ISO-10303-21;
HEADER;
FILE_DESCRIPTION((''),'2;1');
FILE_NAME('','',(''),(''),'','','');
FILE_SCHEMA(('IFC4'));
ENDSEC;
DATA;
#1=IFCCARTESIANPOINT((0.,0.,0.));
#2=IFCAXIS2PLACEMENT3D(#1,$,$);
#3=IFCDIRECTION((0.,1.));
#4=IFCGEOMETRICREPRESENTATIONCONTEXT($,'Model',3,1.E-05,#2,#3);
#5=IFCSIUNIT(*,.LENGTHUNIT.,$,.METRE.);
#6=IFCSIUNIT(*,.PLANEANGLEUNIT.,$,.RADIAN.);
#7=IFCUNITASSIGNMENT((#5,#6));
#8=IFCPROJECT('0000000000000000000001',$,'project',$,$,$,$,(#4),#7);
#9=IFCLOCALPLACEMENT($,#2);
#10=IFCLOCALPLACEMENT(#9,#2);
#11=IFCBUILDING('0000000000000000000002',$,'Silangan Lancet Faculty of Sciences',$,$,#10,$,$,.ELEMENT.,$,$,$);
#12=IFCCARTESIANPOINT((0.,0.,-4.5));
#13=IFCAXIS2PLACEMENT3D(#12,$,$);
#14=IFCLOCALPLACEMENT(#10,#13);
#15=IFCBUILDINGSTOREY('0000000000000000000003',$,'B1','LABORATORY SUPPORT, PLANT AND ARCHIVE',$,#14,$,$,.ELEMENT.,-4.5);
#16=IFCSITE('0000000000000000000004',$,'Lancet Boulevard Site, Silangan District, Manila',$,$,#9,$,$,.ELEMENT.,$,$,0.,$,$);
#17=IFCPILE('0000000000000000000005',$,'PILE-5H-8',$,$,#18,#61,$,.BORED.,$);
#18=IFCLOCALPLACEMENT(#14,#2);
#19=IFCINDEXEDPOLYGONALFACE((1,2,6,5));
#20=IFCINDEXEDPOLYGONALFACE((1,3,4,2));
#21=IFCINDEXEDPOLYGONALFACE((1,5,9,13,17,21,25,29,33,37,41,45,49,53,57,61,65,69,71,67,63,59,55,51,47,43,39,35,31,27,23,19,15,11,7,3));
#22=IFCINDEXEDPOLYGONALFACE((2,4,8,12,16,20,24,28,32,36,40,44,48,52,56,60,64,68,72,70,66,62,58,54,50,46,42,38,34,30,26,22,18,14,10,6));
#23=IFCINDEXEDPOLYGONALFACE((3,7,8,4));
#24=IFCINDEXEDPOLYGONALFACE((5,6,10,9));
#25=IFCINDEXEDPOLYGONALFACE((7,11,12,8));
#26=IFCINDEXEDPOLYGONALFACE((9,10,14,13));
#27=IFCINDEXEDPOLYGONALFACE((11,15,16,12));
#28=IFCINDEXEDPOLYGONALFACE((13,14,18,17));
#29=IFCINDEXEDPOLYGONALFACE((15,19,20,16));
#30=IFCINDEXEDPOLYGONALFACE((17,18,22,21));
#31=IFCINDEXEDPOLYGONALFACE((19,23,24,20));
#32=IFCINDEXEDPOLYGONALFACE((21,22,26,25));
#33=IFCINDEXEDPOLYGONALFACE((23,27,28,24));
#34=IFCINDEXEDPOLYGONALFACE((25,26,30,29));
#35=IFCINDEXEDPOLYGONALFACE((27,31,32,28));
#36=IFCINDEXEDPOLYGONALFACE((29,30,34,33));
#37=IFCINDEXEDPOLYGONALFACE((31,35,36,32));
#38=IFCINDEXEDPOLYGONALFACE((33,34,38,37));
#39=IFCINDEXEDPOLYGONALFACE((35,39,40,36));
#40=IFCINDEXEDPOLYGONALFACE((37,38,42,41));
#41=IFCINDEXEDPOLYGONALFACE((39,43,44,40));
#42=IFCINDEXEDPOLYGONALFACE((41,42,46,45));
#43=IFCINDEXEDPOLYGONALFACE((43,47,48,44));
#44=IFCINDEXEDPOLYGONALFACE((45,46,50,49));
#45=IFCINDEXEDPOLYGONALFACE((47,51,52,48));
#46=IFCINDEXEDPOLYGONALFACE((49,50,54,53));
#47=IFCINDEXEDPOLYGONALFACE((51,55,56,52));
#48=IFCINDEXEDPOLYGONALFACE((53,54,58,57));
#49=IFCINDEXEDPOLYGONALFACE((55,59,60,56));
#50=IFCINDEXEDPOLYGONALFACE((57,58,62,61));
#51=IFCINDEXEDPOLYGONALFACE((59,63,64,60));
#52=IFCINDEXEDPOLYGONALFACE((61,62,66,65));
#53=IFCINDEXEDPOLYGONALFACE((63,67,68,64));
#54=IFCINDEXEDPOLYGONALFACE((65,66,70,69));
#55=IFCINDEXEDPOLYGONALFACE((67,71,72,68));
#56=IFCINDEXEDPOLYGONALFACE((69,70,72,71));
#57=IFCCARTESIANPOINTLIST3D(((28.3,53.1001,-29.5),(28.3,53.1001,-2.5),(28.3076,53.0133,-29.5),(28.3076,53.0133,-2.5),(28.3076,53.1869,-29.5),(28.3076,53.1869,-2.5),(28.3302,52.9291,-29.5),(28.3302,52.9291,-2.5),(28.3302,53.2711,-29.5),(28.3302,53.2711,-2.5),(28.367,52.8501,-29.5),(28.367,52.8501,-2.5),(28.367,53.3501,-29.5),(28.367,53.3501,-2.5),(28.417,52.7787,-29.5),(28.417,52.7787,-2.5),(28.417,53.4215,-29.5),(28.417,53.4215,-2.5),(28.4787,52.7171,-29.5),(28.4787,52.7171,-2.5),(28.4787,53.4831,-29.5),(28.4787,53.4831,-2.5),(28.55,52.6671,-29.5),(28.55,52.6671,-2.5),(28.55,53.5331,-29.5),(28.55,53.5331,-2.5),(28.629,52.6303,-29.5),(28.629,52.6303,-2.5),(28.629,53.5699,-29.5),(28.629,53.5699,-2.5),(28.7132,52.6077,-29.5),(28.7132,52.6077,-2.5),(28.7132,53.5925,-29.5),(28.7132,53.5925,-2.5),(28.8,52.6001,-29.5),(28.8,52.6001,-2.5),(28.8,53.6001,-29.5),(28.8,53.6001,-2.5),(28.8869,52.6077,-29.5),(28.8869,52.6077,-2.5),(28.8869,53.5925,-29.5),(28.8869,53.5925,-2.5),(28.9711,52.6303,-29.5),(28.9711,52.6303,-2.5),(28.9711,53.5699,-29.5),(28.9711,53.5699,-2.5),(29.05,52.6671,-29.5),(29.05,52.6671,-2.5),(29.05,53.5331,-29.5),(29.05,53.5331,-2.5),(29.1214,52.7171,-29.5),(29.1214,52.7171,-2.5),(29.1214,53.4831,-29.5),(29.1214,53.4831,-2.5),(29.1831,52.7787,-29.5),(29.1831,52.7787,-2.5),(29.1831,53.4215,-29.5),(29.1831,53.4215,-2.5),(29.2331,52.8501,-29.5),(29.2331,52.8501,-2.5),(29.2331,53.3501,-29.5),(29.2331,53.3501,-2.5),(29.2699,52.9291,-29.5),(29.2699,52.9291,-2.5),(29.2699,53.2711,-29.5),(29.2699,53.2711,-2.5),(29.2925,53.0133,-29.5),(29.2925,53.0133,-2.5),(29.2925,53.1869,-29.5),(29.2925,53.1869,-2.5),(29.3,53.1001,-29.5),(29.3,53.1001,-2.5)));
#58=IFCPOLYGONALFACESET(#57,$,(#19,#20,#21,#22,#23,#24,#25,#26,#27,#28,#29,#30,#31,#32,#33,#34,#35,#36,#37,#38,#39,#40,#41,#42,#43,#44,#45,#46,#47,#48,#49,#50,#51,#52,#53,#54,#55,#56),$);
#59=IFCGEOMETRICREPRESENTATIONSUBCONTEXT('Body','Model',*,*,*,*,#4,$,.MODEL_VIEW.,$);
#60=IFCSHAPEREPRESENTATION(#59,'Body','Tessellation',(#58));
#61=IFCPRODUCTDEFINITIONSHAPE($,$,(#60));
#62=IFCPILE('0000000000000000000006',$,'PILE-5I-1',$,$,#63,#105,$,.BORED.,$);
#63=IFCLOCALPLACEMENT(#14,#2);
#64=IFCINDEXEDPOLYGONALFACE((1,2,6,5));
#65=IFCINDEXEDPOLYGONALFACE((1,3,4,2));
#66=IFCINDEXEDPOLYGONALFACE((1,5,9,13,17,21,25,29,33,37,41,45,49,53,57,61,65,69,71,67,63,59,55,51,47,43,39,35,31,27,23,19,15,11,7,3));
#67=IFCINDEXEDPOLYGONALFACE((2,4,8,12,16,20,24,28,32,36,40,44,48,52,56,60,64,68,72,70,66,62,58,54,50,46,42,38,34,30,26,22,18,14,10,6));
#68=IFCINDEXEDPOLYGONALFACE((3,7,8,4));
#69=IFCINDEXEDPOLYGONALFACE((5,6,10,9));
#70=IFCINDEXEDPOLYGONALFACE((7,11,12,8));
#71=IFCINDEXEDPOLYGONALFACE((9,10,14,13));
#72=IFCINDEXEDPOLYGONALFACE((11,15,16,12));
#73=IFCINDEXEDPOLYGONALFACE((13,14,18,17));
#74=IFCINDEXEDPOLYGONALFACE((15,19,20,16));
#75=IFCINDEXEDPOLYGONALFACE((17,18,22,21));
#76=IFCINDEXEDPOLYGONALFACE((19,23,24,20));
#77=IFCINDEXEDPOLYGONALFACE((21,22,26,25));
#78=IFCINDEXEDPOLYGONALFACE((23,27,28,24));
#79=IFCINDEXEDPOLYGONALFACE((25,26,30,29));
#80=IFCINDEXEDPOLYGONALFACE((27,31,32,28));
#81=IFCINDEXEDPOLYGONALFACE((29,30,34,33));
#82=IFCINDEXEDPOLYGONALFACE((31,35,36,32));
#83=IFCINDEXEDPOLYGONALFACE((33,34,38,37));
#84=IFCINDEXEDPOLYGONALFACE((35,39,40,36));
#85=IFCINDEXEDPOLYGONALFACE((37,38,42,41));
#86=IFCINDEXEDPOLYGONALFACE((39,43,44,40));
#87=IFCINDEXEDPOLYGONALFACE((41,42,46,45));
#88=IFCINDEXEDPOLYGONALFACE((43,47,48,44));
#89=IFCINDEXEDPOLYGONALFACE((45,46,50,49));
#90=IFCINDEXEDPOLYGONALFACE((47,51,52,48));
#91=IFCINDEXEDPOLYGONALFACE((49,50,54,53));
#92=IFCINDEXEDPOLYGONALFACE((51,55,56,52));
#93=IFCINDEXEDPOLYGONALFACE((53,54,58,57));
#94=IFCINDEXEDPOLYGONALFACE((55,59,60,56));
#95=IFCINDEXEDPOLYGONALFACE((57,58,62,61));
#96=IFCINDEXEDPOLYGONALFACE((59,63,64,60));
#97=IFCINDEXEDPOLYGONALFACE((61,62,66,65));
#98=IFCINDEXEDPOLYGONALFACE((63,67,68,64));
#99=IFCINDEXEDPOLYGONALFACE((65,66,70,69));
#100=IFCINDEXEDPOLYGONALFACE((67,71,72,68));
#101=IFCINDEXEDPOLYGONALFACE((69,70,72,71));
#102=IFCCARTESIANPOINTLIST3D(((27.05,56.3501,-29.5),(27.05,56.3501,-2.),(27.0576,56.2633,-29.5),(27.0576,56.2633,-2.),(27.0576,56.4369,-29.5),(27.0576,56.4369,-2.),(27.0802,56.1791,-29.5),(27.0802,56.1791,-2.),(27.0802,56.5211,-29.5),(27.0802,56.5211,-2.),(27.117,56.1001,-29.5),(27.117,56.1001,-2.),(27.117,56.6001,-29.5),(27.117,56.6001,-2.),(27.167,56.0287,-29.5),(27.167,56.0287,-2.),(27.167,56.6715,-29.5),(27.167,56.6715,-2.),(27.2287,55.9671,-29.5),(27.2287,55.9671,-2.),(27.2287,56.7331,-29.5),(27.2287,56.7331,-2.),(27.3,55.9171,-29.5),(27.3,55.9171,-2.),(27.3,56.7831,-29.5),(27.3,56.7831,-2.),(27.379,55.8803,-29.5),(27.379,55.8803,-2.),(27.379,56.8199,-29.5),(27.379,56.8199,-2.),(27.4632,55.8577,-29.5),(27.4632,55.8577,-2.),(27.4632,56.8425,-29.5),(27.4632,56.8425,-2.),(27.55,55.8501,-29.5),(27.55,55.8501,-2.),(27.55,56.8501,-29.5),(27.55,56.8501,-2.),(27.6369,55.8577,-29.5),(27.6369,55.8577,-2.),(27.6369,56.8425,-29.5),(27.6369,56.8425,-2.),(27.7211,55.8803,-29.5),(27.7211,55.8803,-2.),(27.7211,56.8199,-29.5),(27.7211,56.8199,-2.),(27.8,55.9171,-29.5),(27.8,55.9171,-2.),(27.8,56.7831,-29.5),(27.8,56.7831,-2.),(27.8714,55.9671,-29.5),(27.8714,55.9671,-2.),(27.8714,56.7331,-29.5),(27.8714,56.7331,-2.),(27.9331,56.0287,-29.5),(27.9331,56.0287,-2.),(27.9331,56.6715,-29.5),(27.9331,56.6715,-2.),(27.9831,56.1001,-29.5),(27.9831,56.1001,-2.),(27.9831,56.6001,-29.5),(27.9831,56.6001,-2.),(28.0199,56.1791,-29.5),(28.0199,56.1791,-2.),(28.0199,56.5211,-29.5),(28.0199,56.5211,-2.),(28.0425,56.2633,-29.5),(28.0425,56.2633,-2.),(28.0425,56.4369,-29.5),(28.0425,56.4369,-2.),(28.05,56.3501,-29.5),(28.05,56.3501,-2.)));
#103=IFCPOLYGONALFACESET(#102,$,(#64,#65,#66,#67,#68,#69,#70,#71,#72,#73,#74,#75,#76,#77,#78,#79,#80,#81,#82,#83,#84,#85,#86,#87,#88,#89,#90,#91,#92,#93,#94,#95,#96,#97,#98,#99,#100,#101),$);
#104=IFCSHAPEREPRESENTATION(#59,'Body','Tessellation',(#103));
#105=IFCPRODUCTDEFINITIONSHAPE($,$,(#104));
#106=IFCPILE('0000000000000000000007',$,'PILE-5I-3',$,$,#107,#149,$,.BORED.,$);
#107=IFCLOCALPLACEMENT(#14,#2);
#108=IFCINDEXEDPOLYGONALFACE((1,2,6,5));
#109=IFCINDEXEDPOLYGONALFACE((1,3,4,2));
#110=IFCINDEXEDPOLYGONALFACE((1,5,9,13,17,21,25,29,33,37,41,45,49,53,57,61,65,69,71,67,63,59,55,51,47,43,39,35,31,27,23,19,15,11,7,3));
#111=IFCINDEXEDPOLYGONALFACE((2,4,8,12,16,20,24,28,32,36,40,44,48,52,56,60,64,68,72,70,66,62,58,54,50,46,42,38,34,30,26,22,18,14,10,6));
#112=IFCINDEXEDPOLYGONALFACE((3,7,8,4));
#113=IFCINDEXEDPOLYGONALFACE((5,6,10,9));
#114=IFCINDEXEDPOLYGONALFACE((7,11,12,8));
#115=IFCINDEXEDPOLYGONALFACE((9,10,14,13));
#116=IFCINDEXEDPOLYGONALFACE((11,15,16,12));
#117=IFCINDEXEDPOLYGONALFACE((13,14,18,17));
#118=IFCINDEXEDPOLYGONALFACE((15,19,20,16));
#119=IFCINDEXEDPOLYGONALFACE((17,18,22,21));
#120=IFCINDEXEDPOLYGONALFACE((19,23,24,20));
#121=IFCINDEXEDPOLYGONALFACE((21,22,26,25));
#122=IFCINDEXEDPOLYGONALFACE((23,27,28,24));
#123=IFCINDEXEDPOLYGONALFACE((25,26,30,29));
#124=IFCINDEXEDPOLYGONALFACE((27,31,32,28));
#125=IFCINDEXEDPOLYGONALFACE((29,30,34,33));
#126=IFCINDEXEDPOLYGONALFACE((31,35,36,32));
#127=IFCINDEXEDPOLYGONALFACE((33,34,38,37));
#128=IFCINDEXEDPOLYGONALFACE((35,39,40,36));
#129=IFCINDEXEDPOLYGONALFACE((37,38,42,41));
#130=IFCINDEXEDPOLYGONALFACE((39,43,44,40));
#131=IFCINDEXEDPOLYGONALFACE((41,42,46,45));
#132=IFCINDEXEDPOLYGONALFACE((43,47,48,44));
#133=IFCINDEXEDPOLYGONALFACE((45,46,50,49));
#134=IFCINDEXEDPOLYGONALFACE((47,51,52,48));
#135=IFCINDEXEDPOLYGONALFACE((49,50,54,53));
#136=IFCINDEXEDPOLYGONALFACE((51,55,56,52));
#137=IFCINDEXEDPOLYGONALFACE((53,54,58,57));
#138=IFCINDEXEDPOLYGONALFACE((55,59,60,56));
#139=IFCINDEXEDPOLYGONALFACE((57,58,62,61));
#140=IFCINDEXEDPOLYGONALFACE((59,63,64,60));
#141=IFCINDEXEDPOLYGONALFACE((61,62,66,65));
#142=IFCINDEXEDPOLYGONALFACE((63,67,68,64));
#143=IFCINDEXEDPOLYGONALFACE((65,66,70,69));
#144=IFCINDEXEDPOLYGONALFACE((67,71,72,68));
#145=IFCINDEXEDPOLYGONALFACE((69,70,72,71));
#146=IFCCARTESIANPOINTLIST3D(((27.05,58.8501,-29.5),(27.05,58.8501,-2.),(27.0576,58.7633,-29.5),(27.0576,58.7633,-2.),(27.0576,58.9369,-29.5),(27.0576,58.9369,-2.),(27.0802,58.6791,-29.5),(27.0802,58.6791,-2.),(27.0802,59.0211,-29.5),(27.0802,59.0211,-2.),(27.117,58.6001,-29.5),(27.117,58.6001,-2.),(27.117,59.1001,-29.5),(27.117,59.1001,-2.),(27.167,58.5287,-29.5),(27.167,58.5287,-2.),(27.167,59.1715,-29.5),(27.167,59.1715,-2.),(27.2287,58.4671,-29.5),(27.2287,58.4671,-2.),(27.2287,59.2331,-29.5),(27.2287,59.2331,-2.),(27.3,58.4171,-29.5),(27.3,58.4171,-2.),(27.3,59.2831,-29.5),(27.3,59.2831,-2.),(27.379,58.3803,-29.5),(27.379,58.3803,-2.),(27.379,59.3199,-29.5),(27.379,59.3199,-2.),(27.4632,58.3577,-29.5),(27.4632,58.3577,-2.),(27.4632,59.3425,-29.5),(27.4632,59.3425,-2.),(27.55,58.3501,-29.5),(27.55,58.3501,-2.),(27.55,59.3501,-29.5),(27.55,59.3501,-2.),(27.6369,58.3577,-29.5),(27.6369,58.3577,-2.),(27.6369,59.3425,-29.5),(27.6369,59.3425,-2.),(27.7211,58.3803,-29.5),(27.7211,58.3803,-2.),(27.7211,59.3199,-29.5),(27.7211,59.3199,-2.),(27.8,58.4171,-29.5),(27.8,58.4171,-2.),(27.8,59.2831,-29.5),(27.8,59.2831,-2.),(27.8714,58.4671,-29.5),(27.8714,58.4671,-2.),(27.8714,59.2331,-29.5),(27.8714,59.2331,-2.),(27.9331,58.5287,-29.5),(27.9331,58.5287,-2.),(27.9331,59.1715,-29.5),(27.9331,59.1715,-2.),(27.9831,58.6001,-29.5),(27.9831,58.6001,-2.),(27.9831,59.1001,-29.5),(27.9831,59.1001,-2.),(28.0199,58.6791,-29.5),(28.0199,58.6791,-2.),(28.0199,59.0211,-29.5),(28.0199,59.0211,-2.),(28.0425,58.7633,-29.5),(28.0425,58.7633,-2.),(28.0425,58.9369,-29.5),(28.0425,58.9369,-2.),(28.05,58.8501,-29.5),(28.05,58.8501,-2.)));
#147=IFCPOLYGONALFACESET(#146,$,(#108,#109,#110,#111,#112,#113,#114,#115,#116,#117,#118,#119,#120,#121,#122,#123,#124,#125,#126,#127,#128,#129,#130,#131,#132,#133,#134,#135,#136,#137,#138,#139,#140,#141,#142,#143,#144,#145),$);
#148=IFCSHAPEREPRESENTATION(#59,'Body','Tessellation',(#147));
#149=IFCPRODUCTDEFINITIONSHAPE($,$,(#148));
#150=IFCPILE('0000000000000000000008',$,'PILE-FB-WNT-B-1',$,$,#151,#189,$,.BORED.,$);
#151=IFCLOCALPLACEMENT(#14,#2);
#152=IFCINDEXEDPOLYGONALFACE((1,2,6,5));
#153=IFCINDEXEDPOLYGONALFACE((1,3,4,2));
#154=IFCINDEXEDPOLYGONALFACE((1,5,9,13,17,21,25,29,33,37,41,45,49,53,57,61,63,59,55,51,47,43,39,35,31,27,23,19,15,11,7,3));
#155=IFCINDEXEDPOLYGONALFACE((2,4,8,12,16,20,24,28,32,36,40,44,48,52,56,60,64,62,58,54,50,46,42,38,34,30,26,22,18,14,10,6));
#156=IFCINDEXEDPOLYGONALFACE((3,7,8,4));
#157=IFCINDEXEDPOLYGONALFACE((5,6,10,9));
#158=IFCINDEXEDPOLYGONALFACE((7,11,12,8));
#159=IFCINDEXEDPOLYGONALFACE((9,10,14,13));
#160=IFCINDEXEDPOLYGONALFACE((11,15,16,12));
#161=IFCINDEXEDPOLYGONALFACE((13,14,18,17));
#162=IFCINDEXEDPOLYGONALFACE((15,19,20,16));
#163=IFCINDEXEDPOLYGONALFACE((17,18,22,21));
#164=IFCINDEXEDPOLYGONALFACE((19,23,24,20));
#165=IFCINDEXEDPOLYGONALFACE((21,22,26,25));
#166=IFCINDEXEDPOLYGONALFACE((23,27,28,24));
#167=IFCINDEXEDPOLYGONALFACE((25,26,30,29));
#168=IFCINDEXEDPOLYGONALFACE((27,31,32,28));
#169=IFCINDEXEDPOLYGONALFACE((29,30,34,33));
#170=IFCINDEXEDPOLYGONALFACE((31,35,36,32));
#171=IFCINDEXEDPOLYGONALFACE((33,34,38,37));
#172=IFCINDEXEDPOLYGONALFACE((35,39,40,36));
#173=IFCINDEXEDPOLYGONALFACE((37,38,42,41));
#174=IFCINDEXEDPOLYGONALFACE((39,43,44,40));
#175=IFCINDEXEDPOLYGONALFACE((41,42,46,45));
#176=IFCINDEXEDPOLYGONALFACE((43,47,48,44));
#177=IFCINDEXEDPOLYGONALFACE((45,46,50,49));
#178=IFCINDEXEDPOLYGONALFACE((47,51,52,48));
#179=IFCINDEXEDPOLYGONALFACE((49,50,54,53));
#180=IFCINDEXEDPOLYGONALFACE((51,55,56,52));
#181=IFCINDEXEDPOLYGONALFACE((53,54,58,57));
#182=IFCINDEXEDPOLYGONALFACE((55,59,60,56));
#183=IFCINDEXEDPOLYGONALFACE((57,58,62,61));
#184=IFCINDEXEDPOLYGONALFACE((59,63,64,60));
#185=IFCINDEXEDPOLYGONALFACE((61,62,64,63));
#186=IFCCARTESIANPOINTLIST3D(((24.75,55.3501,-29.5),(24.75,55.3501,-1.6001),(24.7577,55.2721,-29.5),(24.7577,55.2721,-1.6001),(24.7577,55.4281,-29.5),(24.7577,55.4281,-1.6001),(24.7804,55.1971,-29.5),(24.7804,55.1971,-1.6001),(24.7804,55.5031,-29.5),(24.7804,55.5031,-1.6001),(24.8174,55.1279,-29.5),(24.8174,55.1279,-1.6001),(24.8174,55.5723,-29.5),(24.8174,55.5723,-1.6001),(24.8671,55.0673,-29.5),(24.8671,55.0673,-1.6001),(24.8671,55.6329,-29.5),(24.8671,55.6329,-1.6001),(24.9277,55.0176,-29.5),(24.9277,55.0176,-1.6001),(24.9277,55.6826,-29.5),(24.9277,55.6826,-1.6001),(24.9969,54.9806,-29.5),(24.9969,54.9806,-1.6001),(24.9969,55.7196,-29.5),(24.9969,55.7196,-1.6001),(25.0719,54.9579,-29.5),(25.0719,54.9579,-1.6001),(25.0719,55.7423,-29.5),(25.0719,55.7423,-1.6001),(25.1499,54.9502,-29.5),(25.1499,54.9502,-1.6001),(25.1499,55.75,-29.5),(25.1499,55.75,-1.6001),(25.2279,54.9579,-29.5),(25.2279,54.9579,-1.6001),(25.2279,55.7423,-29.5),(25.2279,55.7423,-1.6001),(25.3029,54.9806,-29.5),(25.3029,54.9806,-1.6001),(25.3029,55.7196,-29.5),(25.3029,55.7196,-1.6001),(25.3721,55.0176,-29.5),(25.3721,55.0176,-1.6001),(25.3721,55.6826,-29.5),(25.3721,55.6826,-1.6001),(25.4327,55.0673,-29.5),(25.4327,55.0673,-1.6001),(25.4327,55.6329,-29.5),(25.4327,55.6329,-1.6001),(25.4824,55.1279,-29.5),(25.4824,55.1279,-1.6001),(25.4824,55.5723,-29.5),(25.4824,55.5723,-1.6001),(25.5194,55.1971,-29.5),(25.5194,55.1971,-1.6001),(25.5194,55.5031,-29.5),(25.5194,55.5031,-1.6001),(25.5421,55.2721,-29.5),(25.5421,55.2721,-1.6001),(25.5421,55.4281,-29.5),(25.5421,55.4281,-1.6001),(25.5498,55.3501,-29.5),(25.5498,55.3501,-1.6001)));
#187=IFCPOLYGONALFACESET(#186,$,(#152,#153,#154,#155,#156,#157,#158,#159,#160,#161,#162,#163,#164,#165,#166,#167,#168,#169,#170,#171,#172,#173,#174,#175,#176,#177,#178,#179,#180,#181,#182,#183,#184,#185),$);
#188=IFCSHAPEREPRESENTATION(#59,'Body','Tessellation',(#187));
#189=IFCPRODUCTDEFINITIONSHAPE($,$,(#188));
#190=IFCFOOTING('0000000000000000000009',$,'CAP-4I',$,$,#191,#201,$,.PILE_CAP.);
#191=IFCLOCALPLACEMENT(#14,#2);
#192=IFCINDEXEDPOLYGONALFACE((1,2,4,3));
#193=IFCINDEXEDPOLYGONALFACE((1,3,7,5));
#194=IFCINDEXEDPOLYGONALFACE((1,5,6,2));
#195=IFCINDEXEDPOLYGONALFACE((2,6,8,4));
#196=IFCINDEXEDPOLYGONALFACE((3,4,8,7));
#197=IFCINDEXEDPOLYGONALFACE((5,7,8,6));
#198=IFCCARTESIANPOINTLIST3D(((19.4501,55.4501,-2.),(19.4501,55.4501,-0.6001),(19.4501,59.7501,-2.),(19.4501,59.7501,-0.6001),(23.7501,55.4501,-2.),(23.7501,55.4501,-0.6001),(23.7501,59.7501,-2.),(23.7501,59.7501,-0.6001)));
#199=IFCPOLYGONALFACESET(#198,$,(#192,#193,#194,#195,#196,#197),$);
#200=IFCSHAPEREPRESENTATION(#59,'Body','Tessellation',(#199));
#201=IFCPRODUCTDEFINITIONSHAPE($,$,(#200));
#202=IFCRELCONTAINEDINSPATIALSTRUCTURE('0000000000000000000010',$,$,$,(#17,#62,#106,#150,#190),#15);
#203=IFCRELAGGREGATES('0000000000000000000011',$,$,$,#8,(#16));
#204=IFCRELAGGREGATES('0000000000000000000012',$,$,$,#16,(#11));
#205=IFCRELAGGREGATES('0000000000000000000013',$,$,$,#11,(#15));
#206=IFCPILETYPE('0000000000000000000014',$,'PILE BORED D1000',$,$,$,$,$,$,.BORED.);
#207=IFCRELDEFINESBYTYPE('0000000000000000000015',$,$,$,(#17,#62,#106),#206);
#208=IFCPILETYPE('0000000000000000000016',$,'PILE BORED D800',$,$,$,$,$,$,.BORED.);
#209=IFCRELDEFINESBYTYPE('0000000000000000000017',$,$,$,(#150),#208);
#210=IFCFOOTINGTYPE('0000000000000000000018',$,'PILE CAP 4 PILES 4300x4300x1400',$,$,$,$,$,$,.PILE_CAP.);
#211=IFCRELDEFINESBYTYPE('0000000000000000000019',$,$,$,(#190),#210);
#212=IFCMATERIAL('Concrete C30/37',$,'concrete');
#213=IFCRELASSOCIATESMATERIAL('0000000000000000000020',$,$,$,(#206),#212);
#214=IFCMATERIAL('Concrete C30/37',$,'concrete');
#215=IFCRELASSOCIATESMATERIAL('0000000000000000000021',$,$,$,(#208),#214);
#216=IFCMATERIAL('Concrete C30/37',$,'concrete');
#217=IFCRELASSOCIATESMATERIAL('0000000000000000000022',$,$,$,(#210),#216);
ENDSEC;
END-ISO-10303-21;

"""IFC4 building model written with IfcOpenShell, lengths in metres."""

from ifc_helpers import new_model, si_unit, direction, frame, origin, origin_2d, place, context, subcontext, project, spatial, rectangle, circle, extrude, material, material_profile, profile_set, type_object, element, save


model = new_model("IFC4")

# Units and contexts
model_context = context("Model", 3, precision=1e-05, world=origin(), true_north=direction((0.0, 1.0)))
body_context = subcontext(model_context, "Body", "Model", "MODEL_VIEW")
ifc_project = project(units=[si_unit("LENGTHUNIT", "METRE"), si_unit("PLANEANGLEUNIT", "RADIAN")], contexts=[model_context])

# Site, building, storey
site_placement = place(None, origin())
site = spatial("IfcSite", under=ifc_project, at=site_placement, Name="Lancet Boulevard Site, Silangan District, Manila", CompositionType="ELEMENT", RefElevation=0.0)
building_placement = place(site_placement, origin())
building = spatial("IfcBuilding", under=site, at=building_placement, Name="Silangan Lancet Faculty of Sciences", CompositionType="ELEMENT")
storey_placement = place(building_placement, frame((0.0, 0.0, -4.5)))
storey = spatial("IfcBuildingStorey", under=building, at=storey_placement, Name="B1", Description="LABORATORY SUPPORT, PLANT AND ARCHIVE", CompositionType="ELEMENT", Elevation=-4.5)

# Piles
ifc_material_1 = material(Name="Concrete C30/37", Category="concrete")
ifc_material_profile_1 = material_profile(ifc_material_1, circle(Radius=0.5, at=origin_2d()), Name="BORED PILE D1000")
ifc_profile_set_1 = profile_set([ifc_material_profile_1], Name="Concrete C30/37")
pile_type_1 = type_object("IfcPileType", Name="PILE BORED D1000", PredefinedType="BORED", material=ifc_profile_set_1)
for number, where, z_axis, x_axis, name in (
    (1, (28.8, 53.1001, -2.5), (0.0, 0.0, -1.0), (1.0, 0.0, 0.0), "PILE-5H-8"),
):
    element("IfcPile", number, at=place(storey_placement, frame(where, z_axis=z_axis, x_axis=x_axis)), inside=storey, type_object=pile_type_1, Name=name, PredefinedType="BORED", context=body_context, shape_type="SweptSolid", body=[
        extrude(circle(Radius=0.5, at=origin_2d()), origin(), (0.0, 0.0, 1.0), 27.0),
    ])
for number, where, z_axis, x_axis, name in (
    (2, (27.55, 56.3501, -2.0), (0.0, 0.0, -1.0), (1.0, 0.0, 0.0), "PILE-5I-1"),
    (3, (27.55, 58.8501, -2.0), (0.0, 0.0, -1.0), (1.0, 0.0, 0.0), "PILE-5I-3"),
):
    element("IfcPile", number, at=place(storey_placement, frame(where, z_axis=z_axis, x_axis=x_axis)), inside=storey, type_object=pile_type_1, Name=name, PredefinedType="BORED", context=body_context, shape_type="SweptSolid", body=[
        extrude(circle(Radius=0.5, at=origin_2d()), origin(), (0.0, 0.0, 1.0), 27.5),
    ])
ifc_material_2 = material(Name="Concrete C30/37", Category="concrete")
ifc_material_profile_2 = material_profile(ifc_material_2, circle(Radius=0.3999, at=origin_2d()), Name="BORED PILE D800")
ifc_profile_set_2 = profile_set([ifc_material_profile_2], Name="Concrete C30/37")
pile_type_2 = type_object("IfcPileType", Name="PILE BORED D800", PredefinedType="BORED", material=ifc_profile_set_2)
pile_placement = place(storey_placement, frame((25.1499, 55.3501, -1.6001), z_axis=(0.0, 0.0, -1.0), x_axis=(1.0, 0.0, 0.0)))
element("IfcPile", 4, at=pile_placement, inside=storey, type_object=pile_type_2, Name="PILE-FB-WNT-B-1", PredefinedType="BORED", context=body_context, shape_type="SweptSolid", body=[
    extrude(circle(Radius=0.3999, at=origin_2d()), origin(), (0.0, 0.0, 1.0), 27.8999),
])

# Footing
ifc_material_3 = material(Name="Concrete C30/37", Category="concrete")
footing_type_1 = type_object("IfcFootingType", Name="PILE CAP 4 PILES 4300x4300x1400", PredefinedType="PILE_CAP", material=ifc_material_3)
footing_1_placement = place(storey_placement, frame((21.6001, 57.6001, -2.0), z_axis=(0.0, 0.0, 1.0), x_axis=(1.0, 0.0, 0.0)))
element("IfcFooting", 5, at=footing_1_placement, inside=storey, type_object=footing_type_1, Name="CAP-4I", PredefinedType="PILE_CAP", context=body_context, shape_type="SweptSolid", body=[
    extrude(rectangle(XDim=4.3, YDim=4.3, at=origin_2d()), origin(), (0.0, 0.0, 1.0), 1.3999),
])

save(model, "model.ifc")
